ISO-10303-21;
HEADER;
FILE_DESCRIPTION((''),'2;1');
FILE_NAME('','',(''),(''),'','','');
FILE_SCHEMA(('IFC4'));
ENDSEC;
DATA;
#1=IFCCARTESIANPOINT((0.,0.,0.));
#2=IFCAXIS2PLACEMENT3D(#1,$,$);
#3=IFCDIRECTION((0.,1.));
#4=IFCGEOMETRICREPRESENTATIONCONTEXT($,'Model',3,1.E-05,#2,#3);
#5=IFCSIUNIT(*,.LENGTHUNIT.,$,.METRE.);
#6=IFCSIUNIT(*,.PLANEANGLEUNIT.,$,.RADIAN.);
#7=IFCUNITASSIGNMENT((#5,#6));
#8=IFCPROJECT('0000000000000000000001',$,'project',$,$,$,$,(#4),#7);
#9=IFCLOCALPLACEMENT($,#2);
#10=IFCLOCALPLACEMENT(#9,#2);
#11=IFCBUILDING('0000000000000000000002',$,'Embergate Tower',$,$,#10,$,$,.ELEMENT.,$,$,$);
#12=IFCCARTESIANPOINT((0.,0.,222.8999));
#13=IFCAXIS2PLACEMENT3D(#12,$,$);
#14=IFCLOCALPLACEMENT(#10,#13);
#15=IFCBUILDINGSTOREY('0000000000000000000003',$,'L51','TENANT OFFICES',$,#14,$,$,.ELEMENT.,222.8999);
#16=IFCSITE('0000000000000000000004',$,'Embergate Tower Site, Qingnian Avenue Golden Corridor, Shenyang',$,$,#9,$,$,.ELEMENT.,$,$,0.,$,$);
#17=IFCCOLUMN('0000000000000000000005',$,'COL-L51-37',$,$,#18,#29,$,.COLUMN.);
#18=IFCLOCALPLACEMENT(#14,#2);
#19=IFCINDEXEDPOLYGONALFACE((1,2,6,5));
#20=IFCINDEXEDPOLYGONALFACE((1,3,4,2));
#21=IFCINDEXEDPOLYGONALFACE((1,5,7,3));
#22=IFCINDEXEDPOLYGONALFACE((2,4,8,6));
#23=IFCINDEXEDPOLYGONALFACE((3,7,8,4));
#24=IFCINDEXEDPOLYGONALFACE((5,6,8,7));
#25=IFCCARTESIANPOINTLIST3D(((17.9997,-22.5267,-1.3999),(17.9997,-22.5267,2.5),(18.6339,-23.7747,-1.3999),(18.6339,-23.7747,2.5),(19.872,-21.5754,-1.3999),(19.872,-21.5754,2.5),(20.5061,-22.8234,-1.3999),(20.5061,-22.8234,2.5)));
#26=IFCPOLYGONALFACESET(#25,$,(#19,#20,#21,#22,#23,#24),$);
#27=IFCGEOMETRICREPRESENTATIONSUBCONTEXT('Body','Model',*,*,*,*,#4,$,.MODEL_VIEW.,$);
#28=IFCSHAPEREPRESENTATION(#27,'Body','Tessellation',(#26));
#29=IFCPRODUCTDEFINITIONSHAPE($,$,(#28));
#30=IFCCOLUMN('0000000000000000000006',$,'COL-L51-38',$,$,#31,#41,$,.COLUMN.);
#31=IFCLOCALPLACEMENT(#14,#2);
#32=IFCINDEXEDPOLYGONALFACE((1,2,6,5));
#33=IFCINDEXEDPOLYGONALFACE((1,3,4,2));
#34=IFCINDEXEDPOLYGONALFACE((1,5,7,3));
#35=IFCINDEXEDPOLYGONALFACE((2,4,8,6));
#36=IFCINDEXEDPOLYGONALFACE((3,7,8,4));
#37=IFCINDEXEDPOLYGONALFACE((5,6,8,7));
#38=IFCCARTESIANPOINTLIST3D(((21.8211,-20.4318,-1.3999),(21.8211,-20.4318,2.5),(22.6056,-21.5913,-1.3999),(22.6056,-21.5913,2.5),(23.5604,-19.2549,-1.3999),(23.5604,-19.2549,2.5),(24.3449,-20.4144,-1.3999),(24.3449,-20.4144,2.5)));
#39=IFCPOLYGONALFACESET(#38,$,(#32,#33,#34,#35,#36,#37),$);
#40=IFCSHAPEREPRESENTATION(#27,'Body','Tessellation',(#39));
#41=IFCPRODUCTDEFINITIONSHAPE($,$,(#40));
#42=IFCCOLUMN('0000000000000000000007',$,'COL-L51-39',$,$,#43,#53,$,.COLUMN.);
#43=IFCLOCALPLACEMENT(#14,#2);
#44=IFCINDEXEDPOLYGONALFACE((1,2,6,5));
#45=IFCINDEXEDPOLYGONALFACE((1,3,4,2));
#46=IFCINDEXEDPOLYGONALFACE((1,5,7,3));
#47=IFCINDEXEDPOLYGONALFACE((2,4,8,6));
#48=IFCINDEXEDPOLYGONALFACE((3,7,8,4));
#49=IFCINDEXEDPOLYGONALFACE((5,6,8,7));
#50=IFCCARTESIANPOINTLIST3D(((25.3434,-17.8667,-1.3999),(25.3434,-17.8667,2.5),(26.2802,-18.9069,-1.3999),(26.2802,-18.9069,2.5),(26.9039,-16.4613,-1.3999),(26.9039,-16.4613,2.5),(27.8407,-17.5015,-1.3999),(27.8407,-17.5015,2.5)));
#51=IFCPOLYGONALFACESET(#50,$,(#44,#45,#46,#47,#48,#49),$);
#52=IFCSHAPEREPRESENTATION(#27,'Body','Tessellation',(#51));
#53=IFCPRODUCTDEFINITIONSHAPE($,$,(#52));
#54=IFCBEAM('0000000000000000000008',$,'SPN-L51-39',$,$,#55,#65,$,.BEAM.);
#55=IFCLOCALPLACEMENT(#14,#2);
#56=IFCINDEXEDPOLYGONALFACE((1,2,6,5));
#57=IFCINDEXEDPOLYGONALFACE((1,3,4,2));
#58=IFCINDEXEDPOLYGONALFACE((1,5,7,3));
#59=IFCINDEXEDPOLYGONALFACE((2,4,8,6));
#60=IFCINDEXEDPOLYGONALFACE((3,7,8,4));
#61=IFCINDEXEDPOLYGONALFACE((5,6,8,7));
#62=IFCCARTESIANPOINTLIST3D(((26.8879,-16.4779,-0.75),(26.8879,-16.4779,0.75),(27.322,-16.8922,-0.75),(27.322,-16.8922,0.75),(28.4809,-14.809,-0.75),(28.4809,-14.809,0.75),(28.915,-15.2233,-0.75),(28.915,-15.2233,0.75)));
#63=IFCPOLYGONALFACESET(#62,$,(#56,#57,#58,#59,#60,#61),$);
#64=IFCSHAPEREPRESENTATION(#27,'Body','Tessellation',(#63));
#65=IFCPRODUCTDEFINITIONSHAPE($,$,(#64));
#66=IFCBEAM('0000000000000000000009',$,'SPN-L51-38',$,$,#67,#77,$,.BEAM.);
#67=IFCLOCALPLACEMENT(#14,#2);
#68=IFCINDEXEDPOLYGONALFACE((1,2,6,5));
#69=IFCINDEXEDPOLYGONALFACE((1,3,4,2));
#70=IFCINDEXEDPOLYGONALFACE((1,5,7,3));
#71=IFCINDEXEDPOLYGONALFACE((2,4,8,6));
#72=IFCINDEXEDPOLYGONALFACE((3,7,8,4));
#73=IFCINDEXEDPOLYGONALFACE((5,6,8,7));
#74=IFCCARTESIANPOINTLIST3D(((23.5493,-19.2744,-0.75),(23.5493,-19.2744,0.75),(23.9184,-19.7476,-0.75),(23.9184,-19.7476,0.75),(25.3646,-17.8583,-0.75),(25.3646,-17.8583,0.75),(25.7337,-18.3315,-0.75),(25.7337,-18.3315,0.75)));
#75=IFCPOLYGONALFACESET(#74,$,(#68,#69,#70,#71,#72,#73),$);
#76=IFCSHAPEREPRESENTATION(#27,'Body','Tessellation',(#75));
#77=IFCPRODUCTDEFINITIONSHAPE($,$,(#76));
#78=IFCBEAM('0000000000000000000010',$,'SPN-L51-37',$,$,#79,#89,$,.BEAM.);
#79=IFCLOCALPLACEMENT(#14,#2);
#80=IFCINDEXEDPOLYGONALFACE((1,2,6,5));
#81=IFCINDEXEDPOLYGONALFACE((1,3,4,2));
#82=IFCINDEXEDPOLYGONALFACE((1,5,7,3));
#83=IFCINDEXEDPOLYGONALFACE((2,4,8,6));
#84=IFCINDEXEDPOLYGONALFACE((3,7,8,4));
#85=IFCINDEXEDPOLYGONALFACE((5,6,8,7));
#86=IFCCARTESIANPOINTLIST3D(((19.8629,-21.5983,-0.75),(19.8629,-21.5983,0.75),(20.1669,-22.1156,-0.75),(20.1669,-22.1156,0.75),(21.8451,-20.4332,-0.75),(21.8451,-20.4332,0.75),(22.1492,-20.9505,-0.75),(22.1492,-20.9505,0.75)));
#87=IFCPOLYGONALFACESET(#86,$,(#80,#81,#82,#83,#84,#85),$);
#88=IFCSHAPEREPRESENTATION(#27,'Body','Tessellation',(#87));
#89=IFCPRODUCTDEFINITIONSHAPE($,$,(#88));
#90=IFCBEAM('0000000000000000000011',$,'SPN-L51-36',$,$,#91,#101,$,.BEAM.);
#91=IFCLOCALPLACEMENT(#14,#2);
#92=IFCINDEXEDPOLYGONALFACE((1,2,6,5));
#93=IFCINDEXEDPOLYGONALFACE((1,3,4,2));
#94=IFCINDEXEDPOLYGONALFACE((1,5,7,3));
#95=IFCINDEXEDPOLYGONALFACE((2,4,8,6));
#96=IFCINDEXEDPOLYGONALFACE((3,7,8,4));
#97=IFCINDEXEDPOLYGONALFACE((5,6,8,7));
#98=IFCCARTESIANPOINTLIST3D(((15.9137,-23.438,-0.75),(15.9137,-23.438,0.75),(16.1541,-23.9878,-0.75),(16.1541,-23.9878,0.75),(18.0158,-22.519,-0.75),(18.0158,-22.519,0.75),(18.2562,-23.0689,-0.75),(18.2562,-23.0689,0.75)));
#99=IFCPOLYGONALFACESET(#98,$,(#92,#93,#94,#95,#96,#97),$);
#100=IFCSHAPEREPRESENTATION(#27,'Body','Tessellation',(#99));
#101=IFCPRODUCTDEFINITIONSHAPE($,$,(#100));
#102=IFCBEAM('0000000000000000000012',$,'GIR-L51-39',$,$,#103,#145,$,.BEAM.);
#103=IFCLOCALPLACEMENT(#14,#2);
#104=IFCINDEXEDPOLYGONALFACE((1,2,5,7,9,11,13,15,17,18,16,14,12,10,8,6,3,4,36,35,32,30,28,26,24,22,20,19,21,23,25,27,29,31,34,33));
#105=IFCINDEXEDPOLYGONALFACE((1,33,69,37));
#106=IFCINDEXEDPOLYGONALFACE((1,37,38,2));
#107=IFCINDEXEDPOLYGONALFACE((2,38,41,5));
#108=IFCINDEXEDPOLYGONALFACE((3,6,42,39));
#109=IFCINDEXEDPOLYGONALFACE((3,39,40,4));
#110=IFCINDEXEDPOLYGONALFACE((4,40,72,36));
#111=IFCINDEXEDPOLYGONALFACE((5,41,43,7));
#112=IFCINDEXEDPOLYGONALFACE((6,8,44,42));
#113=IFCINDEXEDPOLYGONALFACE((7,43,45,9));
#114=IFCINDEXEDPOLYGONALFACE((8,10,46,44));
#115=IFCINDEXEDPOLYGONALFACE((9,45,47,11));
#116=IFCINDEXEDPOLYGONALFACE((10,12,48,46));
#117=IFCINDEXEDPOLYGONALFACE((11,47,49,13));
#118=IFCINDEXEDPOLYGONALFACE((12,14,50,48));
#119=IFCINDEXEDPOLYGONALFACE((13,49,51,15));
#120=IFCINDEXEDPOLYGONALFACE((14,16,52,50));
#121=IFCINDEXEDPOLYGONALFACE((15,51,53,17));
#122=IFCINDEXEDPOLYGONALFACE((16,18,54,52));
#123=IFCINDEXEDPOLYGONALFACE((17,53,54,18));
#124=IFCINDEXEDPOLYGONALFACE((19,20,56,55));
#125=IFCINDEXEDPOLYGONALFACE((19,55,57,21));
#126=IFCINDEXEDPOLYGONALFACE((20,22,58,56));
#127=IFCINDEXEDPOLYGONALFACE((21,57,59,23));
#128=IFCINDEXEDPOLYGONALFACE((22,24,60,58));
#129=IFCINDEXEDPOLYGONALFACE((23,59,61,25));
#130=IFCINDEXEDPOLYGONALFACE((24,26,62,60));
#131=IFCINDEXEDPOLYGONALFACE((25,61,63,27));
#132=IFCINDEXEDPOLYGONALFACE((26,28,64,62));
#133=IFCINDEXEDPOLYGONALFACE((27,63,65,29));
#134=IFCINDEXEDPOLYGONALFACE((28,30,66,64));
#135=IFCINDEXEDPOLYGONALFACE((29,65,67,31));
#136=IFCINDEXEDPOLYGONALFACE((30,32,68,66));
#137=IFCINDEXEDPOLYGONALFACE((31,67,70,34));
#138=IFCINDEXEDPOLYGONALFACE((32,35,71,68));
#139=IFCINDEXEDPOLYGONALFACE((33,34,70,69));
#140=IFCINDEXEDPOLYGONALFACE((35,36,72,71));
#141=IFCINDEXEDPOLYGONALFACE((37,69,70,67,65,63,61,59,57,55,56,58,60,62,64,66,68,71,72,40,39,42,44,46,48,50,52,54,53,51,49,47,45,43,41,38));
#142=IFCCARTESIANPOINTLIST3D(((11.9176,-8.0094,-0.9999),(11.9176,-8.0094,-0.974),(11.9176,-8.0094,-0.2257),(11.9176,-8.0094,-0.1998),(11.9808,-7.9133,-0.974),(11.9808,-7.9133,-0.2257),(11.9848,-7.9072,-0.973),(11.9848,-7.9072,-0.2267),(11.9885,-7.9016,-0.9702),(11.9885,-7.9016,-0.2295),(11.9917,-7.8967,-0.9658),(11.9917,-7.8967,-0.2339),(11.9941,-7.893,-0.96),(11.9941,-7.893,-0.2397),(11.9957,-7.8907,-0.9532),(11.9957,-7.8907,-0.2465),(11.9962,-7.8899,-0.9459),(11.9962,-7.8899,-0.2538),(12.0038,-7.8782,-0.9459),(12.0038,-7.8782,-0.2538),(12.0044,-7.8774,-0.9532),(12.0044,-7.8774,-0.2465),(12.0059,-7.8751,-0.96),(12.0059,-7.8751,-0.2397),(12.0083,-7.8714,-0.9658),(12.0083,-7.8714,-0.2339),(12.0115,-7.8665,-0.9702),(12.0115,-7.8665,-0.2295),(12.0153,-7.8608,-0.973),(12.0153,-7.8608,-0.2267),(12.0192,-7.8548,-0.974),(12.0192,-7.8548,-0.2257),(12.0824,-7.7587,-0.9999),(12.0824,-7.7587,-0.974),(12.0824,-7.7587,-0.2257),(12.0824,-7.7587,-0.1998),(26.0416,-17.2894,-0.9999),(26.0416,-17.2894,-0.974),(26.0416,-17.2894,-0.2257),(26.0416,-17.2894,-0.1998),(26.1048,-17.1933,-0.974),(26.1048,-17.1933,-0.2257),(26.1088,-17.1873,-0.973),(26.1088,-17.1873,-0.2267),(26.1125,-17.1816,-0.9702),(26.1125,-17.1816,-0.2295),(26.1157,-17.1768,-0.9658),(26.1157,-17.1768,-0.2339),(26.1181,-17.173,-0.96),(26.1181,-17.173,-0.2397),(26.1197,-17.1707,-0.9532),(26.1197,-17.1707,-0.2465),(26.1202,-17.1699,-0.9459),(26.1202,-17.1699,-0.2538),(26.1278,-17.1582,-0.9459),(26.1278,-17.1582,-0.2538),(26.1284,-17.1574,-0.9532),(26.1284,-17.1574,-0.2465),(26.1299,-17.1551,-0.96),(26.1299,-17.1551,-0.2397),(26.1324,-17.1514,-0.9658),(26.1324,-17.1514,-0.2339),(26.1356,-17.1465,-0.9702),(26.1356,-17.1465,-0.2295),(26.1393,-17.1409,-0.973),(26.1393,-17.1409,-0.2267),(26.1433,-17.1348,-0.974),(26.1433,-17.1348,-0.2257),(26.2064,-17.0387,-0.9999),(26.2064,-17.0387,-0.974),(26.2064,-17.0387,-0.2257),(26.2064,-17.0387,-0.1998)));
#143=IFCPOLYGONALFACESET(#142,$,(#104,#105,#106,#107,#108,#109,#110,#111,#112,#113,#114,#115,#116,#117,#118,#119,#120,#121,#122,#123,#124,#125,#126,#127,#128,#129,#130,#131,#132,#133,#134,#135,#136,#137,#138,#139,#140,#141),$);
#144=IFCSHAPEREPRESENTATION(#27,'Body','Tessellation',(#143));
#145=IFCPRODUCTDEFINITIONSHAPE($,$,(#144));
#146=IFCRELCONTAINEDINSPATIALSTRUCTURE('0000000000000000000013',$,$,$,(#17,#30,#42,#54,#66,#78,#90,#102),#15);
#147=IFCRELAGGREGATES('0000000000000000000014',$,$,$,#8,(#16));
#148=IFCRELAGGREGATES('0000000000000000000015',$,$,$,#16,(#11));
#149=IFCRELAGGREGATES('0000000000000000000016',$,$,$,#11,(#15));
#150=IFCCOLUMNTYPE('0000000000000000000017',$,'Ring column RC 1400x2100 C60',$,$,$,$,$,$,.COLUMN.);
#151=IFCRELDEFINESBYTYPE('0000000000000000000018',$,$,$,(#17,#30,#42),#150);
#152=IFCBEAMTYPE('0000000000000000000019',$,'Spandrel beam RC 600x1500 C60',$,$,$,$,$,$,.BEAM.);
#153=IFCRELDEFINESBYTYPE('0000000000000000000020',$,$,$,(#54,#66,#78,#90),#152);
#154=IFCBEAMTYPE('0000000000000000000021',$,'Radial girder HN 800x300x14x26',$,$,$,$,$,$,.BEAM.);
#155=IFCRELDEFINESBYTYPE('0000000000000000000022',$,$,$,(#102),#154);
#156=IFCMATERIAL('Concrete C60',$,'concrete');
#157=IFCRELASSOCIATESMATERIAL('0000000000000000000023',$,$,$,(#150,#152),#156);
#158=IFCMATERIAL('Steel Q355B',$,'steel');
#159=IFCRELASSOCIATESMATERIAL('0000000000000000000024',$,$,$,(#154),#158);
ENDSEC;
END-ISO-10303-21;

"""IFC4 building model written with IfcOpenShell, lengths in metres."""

from ifc_helpers import new_model, si_unit, direction, frame, origin, origin_2d, place, context, subcontext, project, spatial, rectangle, i_section, extrude, source, transform, mapped, material, material_profile, profile_set, type_object, element, save


model = new_model("IFC4")

# Units and contexts
model_context = context("Model", 3, precision=1e-05, world=origin(), true_north=direction((0.0, 1.0)))
body_context = subcontext(model_context, "Body", "Model", "MODEL_VIEW")
ifc_project = project(units=[si_unit("LENGTHUNIT", "METRE"), si_unit("PLANEANGLEUNIT", "RADIAN")], contexts=[model_context])

# Site, building, storey
site_placement = place(None, origin())
site = spatial("IfcSite", under=ifc_project, at=site_placement, Name="Embergate Tower Site, Qingnian Avenue Golden Corridor, Shenyang", CompositionType="ELEMENT", RefElevation=0.0)
building_placement = place(site_placement, origin())
building = spatial("IfcBuilding", under=site, at=building_placement, Name="Embergate Tower", CompositionType="ELEMENT")
storey_placement = place(building_placement, frame((0.0, 0.0, 222.8999)))
storey = spatial("IfcBuildingStorey", under=building, at=storey_placement, Name="L51", Description="TENANT OFFICES", CompositionType="ELEMENT", Elevation=222.8999)

# Columns
ifc_material_1 = material(Name="Concrete C60", Category="concrete")
ifc_material_profile_1 = material_profile(ifc_material_1, rectangle(XDim=1.3999, YDim=2.1001, at=origin_2d()), Name="RC 1400x2100")
ifc_profile_set_1 = profile_set([ifc_material_profile_1], Name="Concrete C60")
column_type = type_object("IfcColumnType", Name="Ring column RC 1400x2100 C60", PredefinedType="COLUMN", material=ifc_profile_set_1)
shared_shape_1 = source(origin(), body_context, "Body", "SweptSolid", [
    extrude(rectangle(XDim=1.3999, YDim=2.1001, at=origin_2d()), origin(), (0.0, 0.0, 1.0), 3.8999),
])
for number, where, z_axis, x_axis, name in (
    (1, (19.2529, -22.675, -1.3999), (0.0, 0.0, 1.0), (0.453011, -0.891505, 0.0), "COL-L51-37"),
    (2, (23.083, -20.4231, -1.3999), (0.0, 0.0, 1.0), (0.560393, -0.828227, 0.0), "COL-L51-38"),
    (3, (26.592, -17.6841, -1.3999), (0.0, 0.0, 1.0), (0.669221, -0.743063, 0.0), "COL-L51-39"),
):
    element("IfcColumn", number, at=place(storey_placement, frame(where, z_axis=z_axis, x_axis=x_axis)), inside=storey, type_object=column_type, Name=name, PredefinedType="COLUMN", context=body_context, shape_type="MappedRepresentation", body=[
        mapped(shared_shape_1, transform((0.0, 0.0, 0.0))),
    ])

# Beams
ifc_material_profile_2 = material_profile(ifc_material_1, rectangle(XDim=0.6001, YDim=1.5, at=origin_2d()), Name="RC 600x1500")
ifc_profile_set_2 = profile_set([ifc_material_profile_2], Name="Concrete C60")
beam_type_1 = type_object("IfcBeamType", Name="Spandrel beam RC 600x1500 C60", PredefinedType="BEAM", material=ifc_profile_set_2)
shared_shape_2 = source(origin(), body_context, "Body", "SweptSolid", [
    extrude(rectangle(XDim=0.6001, YDim=1.5, at=origin_2d()), origin(), (0.0, 0.0, 1.0), 2.3071),
])
beam_1_placement = place(storey_placement, frame((27.105, -16.6851, 0.0), z_axis=(0.690461, 0.72337, 0.0), x_axis=(-0.72337, 0.690461, 0.0)))
element("IfcBeam", 4, at=beam_1_placement, inside=storey, type_object=beam_type_1, Name="SPN-L51-39", PredefinedType="BEAM", context=body_context, shape_type="MappedRepresentation", body=[
    mapped(shared_shape_2, transform((0.0, 0.0, 0.0))),
])
shared_shape_3 = source(origin(), body_context, "Body", "SweptSolid", [
    extrude(rectangle(XDim=0.6001, YDim=1.5, at=origin_2d()), origin(), (0.0, 0.0, 1.0), 2.3022),
])
beam_2_placement = place(storey_placement, frame((23.7339, -19.511, 0.0), z_axis=(0.788466, 0.615078, 0.0), x_axis=(-0.615078, 0.788466, 0.0)))
element("IfcBeam", 5, at=beam_2_placement, inside=storey, type_object=beam_type_1, Name="SPN-L51-38", PredefinedType="BEAM", context=body_context, shape_type="MappedRepresentation", body=[
    mapped(shared_shape_3, transform((0.0, 0.0, 0.0))),
])
shared_shape_4 = source(origin(), body_context, "Body", "SweptSolid", [
    extrude(rectangle(XDim=0.6001, YDim=1.5, at=origin_2d()), origin(), (0.0, 0.0, 1.0), 2.2993),
])
beam_3_placement = place(storey_placement, frame((20.0149, -21.8569, 0.0), z_axis=(0.862114, 0.506714, 0.0), x_axis=(-0.506714, 0.862114, 0.0)))
element("IfcBeam", 6, at=beam_3_placement, inside=storey, type_object=beam_type_1, Name="SPN-L51-37", PredefinedType="BEAM", context=body_context, shape_type="MappedRepresentation", body=[
    mapped(shared_shape_4, transform((0.0, 0.0, 0.0))),
])
shared_shape_5 = source(origin(), body_context, "Body", "SweptSolid", [
    extrude(rectangle(XDim=0.6001, YDim=1.5, at=origin_2d()), origin(), (0.0, 0.0, 1.0), 2.2942),
])
beam_4_placement = place(storey_placement, frame((16.0339, -23.7129, 0.0), z_axis=(0.91627, 0.400562, 0.0), x_axis=(-0.400562, 0.91627, 0.0)))
element("IfcBeam", 7, at=beam_4_placement, inside=storey, type_object=beam_type_1, Name="SPN-L51-36", PredefinedType="BEAM", context=body_context, shape_type="MappedRepresentation", body=[
    mapped(shared_shape_5, transform((0.0, 0.0, 0.0))),
])
ifc_material_2 = material(Name="Steel Q355B", Category="steel")
ifc_material_profile_3 = material_profile(ifc_material_2, i_section(OverallWidth=0.3, OverallDepth=0.8, WebThickness=0.0139, FlangeThickness=0.0259, FilletRadius=0.0281, at=origin_2d()), Name="HN 800x300x14x26")
ifc_profile_set_3 = profile_set([ifc_material_profile_3], Name="Steel Q355 grade B")
beam_type_2 = type_object("IfcBeamType", Name="Radial girder HN 800x300x14x26", PredefinedType="BEAM", material=ifc_profile_set_3)
shared_shape_6 = source(origin(), body_context, "Body", "SweptSolid", [
    extrude(i_section(OverallWidth=0.3, OverallDepth=0.8, WebThickness=0.0139, FlangeThickness=0.0259, FilletRadius=0.0281, at=origin_2d()), origin(), (0.0, 0.0, 1.0), 16.8999),
])
beam_5_placement = place(storey_placement, frame((26.124, -17.1641, -0.5999), z_axis=(-0.835745, 0.549117, 0.0), x_axis=(-0.549117, -0.835745, 0.0)))
element("IfcBeam", 8, at=beam_5_placement, inside=storey, type_object=beam_type_2, Name="GIR-L51-39", PredefinedType="BEAM", context=body_context, shape_type="MappedRepresentation", body=[
    mapped(shared_shape_6, transform((0.0, 0.0, 0.0))),
])

save(model, "model.ifc")
